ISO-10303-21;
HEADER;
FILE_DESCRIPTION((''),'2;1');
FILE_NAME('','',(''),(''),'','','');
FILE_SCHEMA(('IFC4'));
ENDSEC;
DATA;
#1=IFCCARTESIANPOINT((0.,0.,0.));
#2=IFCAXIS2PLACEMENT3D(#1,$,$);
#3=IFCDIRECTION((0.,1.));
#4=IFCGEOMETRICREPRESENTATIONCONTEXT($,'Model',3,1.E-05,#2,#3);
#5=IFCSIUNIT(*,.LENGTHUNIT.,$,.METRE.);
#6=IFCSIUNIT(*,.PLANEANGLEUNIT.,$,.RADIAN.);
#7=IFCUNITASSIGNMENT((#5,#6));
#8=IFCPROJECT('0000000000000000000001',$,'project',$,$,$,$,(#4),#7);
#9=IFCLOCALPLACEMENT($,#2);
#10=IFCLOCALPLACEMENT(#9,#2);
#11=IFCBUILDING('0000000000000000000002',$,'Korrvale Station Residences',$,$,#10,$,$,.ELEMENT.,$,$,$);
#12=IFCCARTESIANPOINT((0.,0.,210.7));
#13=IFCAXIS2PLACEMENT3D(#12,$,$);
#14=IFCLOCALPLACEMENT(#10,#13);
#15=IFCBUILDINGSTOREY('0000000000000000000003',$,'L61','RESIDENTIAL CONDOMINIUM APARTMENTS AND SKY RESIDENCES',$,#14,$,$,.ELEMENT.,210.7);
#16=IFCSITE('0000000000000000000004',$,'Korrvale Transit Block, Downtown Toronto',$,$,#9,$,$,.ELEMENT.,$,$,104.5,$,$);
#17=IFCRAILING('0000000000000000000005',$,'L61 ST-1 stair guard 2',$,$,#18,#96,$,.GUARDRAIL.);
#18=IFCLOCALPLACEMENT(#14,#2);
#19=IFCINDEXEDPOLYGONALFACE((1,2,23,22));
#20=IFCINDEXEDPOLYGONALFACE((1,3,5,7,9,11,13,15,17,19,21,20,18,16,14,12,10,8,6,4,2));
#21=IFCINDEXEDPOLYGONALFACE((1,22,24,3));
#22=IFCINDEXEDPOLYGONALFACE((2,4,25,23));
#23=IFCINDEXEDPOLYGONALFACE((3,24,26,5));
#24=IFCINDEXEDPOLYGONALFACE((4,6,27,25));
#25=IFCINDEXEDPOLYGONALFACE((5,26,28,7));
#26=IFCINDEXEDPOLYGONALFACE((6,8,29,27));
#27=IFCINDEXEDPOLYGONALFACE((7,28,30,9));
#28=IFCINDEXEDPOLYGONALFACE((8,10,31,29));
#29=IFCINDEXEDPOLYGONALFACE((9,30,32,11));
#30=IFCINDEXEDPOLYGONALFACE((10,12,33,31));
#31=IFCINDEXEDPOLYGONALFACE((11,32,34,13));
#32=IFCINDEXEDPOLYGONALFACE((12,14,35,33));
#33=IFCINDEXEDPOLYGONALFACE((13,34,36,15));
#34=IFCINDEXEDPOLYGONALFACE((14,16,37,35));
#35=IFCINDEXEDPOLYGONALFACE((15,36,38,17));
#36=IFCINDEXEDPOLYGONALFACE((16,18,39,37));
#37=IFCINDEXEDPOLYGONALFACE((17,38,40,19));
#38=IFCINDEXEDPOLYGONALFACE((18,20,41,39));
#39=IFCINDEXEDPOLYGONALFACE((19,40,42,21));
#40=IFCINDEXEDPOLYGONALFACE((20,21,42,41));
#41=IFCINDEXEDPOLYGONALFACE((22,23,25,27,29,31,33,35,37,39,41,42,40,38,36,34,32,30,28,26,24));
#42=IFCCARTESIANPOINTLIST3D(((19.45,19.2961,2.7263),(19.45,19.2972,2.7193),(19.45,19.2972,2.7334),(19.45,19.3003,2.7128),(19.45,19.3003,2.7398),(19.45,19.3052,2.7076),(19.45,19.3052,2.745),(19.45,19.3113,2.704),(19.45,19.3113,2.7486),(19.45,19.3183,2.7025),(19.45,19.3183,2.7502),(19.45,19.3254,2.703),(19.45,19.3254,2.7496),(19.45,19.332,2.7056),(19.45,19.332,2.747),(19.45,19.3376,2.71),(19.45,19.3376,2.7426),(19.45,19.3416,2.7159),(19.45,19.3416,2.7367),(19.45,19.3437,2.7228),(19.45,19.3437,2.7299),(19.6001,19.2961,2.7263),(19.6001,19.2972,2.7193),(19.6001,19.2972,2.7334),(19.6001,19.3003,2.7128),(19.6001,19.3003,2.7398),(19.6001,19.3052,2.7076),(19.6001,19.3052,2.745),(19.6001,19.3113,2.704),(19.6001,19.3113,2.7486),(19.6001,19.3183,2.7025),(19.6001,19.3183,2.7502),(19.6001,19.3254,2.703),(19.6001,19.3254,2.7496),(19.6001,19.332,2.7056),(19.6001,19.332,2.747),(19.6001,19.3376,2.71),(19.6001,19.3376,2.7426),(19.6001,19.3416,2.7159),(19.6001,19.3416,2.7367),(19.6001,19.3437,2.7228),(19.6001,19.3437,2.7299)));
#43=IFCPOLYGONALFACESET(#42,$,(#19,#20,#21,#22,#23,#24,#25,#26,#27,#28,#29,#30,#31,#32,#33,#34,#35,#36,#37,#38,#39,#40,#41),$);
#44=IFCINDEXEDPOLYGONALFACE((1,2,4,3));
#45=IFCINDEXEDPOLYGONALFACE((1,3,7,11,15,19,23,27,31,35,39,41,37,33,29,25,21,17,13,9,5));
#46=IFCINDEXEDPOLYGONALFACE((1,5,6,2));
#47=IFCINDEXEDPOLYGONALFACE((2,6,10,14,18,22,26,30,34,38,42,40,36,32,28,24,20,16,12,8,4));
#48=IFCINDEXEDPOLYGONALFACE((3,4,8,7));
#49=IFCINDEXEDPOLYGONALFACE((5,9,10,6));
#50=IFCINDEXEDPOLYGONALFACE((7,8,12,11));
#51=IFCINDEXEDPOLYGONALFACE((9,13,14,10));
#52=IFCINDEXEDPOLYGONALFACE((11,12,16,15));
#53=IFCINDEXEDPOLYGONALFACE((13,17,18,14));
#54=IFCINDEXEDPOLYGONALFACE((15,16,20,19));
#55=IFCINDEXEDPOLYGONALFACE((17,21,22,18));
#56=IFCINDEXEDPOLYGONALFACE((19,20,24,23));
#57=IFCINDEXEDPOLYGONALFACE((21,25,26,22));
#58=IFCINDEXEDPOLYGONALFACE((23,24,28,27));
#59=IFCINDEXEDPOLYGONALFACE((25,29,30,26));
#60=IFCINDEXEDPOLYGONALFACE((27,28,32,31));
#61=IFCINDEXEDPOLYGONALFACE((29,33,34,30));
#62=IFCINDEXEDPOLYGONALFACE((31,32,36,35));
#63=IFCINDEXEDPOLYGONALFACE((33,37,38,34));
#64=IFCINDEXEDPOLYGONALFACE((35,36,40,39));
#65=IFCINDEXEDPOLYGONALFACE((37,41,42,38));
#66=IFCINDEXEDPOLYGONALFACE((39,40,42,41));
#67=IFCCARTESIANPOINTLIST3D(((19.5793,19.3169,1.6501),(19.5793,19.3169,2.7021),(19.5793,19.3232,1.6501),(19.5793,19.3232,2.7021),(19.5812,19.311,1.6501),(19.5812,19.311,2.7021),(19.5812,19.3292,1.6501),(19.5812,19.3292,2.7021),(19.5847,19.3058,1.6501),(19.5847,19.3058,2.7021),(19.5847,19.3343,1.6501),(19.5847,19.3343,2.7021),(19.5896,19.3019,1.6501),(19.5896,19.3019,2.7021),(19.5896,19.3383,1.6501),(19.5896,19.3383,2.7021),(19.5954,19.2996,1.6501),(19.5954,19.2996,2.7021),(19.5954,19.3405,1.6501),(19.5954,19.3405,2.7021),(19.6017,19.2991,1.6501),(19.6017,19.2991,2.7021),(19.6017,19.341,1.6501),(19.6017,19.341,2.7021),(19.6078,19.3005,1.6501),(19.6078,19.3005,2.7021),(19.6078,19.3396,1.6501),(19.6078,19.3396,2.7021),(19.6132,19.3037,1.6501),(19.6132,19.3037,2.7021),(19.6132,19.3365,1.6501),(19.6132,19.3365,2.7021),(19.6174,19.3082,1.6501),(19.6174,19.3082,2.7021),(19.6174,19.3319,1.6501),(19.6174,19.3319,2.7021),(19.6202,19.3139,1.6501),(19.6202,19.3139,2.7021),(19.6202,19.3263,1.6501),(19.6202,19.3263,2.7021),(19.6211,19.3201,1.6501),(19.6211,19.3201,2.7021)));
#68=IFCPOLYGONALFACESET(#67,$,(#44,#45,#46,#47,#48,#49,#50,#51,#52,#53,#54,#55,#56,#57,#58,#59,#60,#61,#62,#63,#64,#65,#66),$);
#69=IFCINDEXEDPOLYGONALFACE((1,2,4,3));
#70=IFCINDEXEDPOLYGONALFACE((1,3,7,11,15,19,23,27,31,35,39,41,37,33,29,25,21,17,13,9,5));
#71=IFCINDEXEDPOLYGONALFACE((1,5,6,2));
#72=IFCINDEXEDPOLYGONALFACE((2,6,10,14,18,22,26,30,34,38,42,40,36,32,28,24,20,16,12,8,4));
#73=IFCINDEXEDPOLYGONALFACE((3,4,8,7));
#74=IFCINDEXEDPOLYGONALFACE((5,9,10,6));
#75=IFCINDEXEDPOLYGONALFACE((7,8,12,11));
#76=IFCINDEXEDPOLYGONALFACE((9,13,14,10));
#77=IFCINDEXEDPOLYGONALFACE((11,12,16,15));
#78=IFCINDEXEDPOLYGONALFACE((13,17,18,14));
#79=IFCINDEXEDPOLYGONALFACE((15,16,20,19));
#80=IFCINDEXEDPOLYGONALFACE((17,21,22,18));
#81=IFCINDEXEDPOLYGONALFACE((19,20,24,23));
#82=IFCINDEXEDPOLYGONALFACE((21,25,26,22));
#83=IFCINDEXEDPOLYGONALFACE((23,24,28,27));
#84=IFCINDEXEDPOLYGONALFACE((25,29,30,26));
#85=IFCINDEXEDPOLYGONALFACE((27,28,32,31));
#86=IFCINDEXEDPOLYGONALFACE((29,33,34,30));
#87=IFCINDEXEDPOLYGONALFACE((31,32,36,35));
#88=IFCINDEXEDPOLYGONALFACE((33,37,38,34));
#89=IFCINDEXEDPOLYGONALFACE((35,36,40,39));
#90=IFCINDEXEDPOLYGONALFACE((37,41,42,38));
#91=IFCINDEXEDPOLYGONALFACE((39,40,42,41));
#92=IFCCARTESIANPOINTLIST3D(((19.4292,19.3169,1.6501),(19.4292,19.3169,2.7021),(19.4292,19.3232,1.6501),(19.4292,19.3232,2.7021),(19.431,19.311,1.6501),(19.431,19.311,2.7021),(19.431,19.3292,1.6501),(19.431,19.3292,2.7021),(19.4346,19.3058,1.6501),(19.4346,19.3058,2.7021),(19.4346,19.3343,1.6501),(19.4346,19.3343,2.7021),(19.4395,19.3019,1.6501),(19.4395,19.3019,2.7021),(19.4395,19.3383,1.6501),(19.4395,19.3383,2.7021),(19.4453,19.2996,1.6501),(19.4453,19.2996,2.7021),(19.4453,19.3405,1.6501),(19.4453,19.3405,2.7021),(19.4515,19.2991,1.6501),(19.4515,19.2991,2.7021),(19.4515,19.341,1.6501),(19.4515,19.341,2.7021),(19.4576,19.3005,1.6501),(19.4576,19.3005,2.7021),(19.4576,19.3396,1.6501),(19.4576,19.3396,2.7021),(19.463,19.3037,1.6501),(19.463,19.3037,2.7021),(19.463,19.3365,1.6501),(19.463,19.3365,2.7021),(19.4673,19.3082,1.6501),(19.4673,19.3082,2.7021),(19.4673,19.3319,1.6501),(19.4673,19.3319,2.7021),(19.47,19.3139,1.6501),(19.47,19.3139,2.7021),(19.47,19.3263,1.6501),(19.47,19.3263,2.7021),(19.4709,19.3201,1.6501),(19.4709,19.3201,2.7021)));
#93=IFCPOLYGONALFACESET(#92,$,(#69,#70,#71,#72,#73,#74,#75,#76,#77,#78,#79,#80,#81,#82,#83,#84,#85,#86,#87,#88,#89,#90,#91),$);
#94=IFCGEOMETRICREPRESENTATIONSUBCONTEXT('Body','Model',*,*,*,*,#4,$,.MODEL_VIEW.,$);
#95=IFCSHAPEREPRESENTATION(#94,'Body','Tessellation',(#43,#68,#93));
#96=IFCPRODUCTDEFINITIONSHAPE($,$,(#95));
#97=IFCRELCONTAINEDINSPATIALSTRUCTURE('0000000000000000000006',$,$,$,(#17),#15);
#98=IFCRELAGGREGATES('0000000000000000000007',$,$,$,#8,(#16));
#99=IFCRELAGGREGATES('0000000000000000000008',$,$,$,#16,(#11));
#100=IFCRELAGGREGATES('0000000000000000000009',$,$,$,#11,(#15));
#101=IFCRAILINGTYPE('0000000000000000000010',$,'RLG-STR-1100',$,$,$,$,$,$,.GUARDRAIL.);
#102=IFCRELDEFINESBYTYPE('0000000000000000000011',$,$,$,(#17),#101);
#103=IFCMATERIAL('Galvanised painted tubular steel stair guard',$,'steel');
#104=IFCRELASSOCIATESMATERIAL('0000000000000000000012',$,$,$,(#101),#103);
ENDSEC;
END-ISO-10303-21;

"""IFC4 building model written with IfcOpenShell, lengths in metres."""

from ifc_helpers import new_model, si_unit, direction, frame, origin, origin_2d, place, context, subcontext, project, spatial, circle, extrude, material, type_object, element, save


model = new_model("IFC4")

# Units and contexts
model_context = context("Model", 3, precision=1e-05, world=origin(), true_north=direction((0.0, 1.0)))
body_context = subcontext(model_context, "Body", "Model", "MODEL_VIEW")
ifc_project = project(units=[si_unit("LENGTHUNIT", "METRE"), si_unit("PLANEANGLEUNIT", "RADIAN")], contexts=[model_context])

# Site, building, storey
site_placement = place(None, origin())
site = spatial("IfcSite", under=ifc_project, at=site_placement, Name="Korrvale Transit Block, Downtown Toronto", CompositionType="ELEMENT", RefElevation=104.5)
building_placement = place(site_placement, origin())
building = spatial("IfcBuilding", under=site, at=building_placement, Name="Korrvale Station Residences", CompositionType="ELEMENT")
storey_placement = place(building_placement, frame((0.0, 0.0, 210.7)))
storey = spatial("IfcBuildingStorey", under=building, at=storey_placement, Name="L61", Description="RESIDENTIAL CONDOMINIUM APARTMENTS AND SKY RESIDENCES", CompositionType="ELEMENT", Elevation=210.7)

# Railing
ifc_material_1 = material(Name="Galvanised painted tubular steel stair guard", Category="steel")
railing_type_1 = type_object("IfcRailingType", Name="RLG-STR-1100", PredefinedType="GUARDRAIL", material=ifc_material_1)
railing_1_placement = place(storey_placement, frame((19.6001, 19.3201, 1.6501)))
element("IfcRailing", 1, at=railing_1_placement, inside=storey, type_object=railing_type_1, Name="L61 ST-1 stair guard 2", PredefinedType="GUARDRAIL", context=body_context, shape_type="SweptSolid", body=[
    extrude(circle(Radius=0.0239, at=origin_2d()), frame((0.0, 0.0, 1.0762), z_axis=(-1.0, 0.0, 0.0), x_axis=(0.0, -1.0, 0.0)), (0.0, 0.0, 1.0), 0.1501),
    extrude(circle(Radius=0.021, at=origin_2d()), origin(), (0.0, 0.0, 1.0), 1.052),
    extrude(circle(Radius=0.021, at=origin_2d()), frame((-0.1501, 0.0, 0.0)), (0.0, 0.0, 1.0), 1.052),
])

save(model, "model.ifc")
